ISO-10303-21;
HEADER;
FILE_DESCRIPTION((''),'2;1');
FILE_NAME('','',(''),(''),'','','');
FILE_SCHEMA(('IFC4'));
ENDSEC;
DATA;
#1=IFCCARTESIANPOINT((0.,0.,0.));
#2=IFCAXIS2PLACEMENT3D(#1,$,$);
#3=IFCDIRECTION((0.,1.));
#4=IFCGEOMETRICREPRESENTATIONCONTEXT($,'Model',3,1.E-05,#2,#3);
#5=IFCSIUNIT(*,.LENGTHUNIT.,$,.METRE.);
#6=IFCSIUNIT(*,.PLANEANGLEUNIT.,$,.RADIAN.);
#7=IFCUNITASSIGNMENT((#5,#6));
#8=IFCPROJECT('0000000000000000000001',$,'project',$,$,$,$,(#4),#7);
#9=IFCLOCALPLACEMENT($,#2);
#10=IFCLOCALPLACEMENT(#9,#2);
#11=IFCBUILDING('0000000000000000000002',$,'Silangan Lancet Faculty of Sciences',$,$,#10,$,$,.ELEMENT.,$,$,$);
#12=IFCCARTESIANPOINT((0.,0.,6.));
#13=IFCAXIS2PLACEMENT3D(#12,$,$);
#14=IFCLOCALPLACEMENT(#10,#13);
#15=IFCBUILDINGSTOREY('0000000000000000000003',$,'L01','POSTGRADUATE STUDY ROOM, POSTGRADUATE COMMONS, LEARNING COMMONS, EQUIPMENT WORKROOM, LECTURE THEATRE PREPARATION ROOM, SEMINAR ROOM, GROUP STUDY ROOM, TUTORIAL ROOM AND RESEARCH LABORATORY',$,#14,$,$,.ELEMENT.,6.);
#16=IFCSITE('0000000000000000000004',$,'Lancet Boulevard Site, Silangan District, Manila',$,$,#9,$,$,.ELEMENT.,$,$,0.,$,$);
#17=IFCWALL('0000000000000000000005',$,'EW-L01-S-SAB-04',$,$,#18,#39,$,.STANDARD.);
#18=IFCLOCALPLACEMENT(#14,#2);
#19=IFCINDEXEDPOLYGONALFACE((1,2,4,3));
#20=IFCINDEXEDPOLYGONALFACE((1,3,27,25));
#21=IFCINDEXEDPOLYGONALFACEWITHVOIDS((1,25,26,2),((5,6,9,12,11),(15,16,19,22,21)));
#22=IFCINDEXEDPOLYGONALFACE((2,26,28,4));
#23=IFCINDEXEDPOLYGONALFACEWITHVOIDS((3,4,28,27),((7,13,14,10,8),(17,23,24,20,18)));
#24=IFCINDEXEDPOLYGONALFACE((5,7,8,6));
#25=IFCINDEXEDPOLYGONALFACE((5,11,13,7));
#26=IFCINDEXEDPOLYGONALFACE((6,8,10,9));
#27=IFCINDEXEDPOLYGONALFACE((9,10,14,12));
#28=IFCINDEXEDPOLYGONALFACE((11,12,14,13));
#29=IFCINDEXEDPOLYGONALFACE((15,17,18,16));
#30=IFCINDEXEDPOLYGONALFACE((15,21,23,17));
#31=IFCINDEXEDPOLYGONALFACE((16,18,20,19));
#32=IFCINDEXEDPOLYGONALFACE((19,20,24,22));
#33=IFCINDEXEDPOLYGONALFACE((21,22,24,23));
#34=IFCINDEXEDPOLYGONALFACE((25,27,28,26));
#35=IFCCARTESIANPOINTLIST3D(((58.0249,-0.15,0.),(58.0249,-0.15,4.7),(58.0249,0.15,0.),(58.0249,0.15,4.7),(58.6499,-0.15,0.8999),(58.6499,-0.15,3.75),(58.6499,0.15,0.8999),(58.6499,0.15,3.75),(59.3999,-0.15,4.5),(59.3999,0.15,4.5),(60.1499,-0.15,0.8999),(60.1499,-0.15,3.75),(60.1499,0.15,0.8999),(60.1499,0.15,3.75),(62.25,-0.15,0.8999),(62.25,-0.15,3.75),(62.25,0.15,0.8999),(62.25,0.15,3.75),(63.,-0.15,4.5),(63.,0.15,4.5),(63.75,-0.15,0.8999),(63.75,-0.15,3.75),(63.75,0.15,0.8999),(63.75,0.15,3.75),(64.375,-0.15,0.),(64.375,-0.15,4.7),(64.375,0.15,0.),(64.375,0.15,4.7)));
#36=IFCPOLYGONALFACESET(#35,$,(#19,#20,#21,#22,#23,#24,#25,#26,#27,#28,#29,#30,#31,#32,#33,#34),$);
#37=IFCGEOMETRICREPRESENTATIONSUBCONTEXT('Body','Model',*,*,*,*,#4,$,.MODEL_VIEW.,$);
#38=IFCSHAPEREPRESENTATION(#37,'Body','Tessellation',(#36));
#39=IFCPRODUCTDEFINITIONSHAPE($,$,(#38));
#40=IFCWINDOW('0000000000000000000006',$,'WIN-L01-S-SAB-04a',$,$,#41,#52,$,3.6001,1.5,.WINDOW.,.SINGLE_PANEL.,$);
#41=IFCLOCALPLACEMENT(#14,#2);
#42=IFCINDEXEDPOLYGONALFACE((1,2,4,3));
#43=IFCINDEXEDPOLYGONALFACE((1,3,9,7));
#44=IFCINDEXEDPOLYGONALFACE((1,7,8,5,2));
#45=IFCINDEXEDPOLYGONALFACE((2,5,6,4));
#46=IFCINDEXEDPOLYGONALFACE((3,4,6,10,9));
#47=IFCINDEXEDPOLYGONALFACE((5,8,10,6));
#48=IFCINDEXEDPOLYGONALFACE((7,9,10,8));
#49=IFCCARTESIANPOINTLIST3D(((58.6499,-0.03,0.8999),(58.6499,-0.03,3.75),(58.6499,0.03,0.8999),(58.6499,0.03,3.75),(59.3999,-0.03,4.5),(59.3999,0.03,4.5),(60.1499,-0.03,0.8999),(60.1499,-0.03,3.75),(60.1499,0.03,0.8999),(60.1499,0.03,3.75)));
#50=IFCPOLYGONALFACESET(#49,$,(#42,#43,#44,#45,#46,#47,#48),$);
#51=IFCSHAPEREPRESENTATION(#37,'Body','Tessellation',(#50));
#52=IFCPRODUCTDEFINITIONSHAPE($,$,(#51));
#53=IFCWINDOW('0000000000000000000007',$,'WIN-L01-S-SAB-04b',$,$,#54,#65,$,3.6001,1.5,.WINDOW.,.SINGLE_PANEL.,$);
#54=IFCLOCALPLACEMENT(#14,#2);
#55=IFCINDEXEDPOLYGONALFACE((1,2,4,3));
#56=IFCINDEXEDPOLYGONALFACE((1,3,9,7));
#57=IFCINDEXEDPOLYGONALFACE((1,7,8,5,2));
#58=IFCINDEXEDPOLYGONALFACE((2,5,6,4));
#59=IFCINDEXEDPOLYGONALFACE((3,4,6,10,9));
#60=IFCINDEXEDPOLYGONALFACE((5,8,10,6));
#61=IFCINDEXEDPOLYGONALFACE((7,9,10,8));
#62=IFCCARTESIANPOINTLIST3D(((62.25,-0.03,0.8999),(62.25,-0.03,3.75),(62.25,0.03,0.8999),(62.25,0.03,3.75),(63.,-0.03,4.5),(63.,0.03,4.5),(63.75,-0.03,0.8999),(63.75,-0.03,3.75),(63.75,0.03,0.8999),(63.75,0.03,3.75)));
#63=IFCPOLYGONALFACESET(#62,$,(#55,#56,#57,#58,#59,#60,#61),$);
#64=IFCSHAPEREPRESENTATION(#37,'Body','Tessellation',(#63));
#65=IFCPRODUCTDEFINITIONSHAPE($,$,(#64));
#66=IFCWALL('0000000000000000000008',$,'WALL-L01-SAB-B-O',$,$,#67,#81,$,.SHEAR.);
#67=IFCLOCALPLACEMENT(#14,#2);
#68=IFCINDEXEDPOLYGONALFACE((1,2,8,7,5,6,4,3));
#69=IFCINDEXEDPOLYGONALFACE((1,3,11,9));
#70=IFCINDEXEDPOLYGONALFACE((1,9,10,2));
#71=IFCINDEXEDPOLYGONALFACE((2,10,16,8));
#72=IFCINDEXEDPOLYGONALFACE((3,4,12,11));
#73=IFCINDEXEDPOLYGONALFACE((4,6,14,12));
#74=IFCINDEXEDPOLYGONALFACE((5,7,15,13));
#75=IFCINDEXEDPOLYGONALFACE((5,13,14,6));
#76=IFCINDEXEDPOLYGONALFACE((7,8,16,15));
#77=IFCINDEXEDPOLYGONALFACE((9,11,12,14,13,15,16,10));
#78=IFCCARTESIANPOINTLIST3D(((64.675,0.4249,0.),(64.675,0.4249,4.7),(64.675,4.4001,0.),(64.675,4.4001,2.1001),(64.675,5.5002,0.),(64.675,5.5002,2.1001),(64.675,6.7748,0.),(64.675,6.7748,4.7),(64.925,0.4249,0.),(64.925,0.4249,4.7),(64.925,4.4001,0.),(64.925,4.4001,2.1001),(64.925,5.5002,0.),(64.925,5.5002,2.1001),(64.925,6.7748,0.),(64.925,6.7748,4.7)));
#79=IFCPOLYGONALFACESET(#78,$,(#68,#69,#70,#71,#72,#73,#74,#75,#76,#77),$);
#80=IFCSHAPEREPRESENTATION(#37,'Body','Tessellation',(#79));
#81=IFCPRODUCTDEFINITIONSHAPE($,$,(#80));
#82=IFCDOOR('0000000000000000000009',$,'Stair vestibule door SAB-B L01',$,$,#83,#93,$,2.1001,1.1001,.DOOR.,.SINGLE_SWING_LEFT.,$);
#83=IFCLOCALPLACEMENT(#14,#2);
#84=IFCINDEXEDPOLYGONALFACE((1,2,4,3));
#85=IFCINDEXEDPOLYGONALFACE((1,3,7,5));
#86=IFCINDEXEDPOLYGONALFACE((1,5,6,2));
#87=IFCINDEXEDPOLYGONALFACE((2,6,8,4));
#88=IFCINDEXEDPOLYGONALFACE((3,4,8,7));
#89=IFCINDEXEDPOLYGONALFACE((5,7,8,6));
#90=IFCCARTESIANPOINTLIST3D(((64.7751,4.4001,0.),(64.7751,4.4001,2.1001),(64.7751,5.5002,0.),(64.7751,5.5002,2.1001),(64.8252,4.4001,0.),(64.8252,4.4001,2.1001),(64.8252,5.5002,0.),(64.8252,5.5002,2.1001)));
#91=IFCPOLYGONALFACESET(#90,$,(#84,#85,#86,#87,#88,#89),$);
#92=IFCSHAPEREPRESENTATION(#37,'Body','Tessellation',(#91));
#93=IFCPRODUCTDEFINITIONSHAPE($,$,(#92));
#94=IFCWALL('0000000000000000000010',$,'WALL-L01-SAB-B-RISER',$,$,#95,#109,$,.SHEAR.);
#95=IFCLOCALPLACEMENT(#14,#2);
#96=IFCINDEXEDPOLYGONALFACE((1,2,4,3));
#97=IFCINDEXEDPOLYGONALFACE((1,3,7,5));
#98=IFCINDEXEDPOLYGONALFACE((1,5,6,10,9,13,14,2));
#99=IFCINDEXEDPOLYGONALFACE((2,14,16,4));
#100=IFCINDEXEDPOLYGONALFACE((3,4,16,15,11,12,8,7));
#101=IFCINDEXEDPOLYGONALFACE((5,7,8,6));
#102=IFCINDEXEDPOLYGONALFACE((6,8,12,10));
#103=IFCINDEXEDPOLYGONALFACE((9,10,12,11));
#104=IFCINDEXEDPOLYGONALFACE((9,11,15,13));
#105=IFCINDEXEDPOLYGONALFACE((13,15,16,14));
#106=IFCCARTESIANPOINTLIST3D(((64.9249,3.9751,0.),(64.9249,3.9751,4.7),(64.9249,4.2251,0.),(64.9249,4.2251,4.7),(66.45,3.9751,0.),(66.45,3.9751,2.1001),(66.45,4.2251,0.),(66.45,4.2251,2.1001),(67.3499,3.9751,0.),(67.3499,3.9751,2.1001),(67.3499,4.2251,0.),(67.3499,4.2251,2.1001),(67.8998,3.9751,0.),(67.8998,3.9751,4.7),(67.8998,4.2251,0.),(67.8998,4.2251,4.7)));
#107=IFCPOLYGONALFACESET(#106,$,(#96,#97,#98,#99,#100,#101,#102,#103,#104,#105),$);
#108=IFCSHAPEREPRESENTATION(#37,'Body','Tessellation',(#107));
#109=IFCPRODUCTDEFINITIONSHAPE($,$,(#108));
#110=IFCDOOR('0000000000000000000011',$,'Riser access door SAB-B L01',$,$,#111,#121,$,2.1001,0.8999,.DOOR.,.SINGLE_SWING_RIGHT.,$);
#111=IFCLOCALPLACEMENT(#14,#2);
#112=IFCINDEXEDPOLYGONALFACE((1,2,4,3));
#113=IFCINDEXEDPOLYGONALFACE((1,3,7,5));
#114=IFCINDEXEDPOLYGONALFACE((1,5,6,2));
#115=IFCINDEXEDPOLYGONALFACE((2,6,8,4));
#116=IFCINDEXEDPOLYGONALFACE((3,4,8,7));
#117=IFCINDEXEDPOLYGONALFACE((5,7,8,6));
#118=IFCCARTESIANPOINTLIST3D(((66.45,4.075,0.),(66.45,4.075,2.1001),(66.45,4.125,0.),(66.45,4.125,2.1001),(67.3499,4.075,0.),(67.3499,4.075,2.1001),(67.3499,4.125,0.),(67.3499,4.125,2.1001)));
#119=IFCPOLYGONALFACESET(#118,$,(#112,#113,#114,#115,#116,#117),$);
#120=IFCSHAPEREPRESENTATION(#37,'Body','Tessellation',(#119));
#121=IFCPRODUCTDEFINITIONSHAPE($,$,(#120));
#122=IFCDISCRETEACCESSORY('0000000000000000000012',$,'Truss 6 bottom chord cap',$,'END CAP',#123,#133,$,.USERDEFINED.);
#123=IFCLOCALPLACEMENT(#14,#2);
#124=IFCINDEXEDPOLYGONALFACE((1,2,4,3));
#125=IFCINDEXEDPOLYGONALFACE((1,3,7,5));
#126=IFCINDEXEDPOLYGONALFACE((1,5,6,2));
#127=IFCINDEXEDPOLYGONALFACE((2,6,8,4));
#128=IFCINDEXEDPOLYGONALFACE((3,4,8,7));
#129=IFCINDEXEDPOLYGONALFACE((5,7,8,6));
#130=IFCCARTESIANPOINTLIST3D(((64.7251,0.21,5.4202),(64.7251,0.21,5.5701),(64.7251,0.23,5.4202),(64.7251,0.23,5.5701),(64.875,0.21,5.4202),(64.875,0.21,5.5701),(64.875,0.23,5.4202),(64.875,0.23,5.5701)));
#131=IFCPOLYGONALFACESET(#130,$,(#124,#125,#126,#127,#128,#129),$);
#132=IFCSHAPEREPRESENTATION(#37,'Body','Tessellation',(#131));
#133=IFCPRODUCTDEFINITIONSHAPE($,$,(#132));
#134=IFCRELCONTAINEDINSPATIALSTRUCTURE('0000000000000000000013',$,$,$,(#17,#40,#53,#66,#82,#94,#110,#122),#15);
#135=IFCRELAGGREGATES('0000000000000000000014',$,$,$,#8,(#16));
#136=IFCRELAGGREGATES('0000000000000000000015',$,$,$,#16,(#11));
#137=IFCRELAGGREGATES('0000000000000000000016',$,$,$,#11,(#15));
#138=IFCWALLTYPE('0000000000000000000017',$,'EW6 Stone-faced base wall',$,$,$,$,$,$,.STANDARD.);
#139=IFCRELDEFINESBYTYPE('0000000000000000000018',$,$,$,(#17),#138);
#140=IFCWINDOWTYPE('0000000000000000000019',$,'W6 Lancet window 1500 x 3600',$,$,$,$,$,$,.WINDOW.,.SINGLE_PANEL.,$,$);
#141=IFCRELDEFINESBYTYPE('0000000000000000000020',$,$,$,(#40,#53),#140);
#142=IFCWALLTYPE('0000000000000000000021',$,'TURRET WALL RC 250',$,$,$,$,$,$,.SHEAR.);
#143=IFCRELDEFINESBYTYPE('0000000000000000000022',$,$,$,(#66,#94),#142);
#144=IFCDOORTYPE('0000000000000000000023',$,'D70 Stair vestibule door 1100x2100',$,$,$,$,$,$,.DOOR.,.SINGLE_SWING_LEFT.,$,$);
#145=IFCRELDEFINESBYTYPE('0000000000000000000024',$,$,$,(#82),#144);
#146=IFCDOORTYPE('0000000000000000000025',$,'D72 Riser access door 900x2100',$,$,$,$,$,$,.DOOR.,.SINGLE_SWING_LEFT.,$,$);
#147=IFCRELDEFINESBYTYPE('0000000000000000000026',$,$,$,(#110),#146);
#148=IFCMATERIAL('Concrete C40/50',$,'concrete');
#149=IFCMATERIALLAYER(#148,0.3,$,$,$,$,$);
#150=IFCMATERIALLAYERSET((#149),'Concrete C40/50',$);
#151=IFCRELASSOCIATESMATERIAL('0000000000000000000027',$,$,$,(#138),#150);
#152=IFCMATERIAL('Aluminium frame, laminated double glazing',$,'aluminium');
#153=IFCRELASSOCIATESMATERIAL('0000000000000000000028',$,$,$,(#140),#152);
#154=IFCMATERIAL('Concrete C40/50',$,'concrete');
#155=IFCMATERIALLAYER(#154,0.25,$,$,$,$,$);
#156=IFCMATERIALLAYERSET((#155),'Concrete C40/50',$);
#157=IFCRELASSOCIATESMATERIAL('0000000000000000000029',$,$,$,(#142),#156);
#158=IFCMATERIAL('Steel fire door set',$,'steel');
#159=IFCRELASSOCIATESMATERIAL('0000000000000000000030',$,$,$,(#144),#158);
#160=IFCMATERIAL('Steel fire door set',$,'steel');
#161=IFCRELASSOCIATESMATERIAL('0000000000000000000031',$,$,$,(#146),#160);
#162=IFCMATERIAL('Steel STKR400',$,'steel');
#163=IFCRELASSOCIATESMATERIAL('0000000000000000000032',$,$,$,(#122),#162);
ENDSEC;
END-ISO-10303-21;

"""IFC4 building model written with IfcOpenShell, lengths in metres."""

from ifc_helpers import new_model, si_unit, direction, frame, frame_2d, origin, origin_2d, place, context, subcontext, project, spatial, polyline, rectangle, outline, extrude, material, layer, layer_set, type_object, element, fill, save


model = new_model("IFC4")

# Units and contexts
model_context = context("Model", 3, precision=1e-05, world=origin(), true_north=direction((0.0, 1.0)))
body_context = subcontext(model_context, "Body", "Model", "MODEL_VIEW")
ifc_project = project(units=[si_unit("LENGTHUNIT", "METRE"), si_unit("PLANEANGLEUNIT", "RADIAN")], contexts=[model_context])

# Site, building, storey
site_placement = place(None, origin())
site = spatial("IfcSite", under=ifc_project, at=site_placement, Name="Lancet Boulevard Site, Silangan District, Manila", CompositionType="ELEMENT", RefElevation=0.0)
building_placement = place(site_placement, origin())
building = spatial("IfcBuilding", under=site, at=building_placement, Name="Silangan Lancet Faculty of Sciences", CompositionType="ELEMENT")
storey_placement = place(building_placement, frame((0.0, 0.0, 6.0)))
storey = spatial("IfcBuildingStorey", under=building, at=storey_placement, Name="L01", Description="POSTGRADUATE STUDY ROOM, POSTGRADUATE COMMONS, LEARNING COMMONS, EQUIPMENT WORKROOM, LECTURE THEATRE PREPARATION ROOM, SEMINAR ROOM, GROUP STUDY ROOM, TUTORIAL ROOM AND RESEARCH LABORATORY", CompositionType="ELEMENT", Elevation=6.0)

# Wall, openings, windows
ifc_material_1 = material(Name="Concrete C40/50", Category="concrete")
ifc_layer_1 = layer(ifc_material_1, 0.3)
ifc_layer_set_1 = layer_set([ifc_layer_1], Name="Concrete C40/50")
wall_type_1 = type_object("IfcWallType", Name="EW6 Stone-faced base wall", PredefinedType="STANDARD", material=ifc_layer_set_1)
wall_1_placement = place(storey_placement, frame((58.0249, 0.0, 0.0), z_axis=(0.0, 0.0, 1.0), x_axis=(1.0, 0.0, 0.0)))
wall_1 = element("IfcWall", 1, at=wall_1_placement, inside=storey, type_object=wall_type_1, Name="EW-L01-S-SAB-04", PredefinedType="STANDARD", context=body_context, shape_type="SweptSolid", body=[
    extrude(rectangle(XDim=6.3501, YDim=0.3, at=frame_2d((3.175, 0.0))), origin(), (0.0, 0.0, 1.0), 4.7),
])
opening_1_placement = place(wall_1_placement, frame((0.625, 0.0, 0.8999)))
opening_1 = element("IfcOpeningElement", 2, at=opening_1_placement, cuts=wall_1, PredefinedType="OPENING", context=body_context, shape_type="SweptSolid", body=[
    extrude(outline(polyline([(0.0, 0.0), (1.5, 0.0), (1.5, 2.8501), (0.75, 3.6001), (0.0, 2.8501), (0.0, 0.0)])), frame((0.0, 0.1599, 0.0), z_axis=(0.0, -1.0, 0.0), x_axis=(1.0, 0.0, 0.0)), (0.0, 0.0, 1.0), 0.3201),
])
opening_2_placement = place(wall_1_placement, frame((4.2251, 0.0, 0.8999)))
opening_2 = element("IfcOpeningElement", 3, at=opening_2_placement, cuts=wall_1, PredefinedType="OPENING", context=body_context, shape_type="SweptSolid", body=[
    extrude(outline(polyline([(0.0, 0.0), (1.5, 0.0), (1.5, 2.8501), (0.75, 3.6001), (0.0, 2.8501), (0.0, 0.0)])), frame((0.0, 0.1599, 0.0), z_axis=(0.0, -1.0, 0.0), x_axis=(1.0, 0.0, 0.0)), (0.0, 0.0, 1.0), 0.3201),
])
ifc_material_2 = material(Name="Aluminium frame, laminated double glazing", Category="aluminium")
window_type_1 = type_object("IfcWindowType", Name="W6 Lancet window 1500 x 3600", PartitioningType="SINGLE_PANEL", PredefinedType="WINDOW", material=ifc_material_2)
window_1_placement = place(opening_1_placement, origin())
window_1 = element("IfcWindow", 4, at=window_1_placement, inside=storey, type_object=window_type_1, Name="WIN-L01-S-SAB-04a", OverallHeight=3.6001, OverallWidth=1.5, PartitioningType="SINGLE_PANEL", PredefinedType="WINDOW", context=body_context, shape_type="SweptSolid", body=[
    extrude(outline(polyline([(0.0, 0.0), (1.5, 0.0), (1.5, 2.8501), (0.75, 3.6001), (0.0, 2.8501), (0.0, 0.0)])), frame((0.0, 0.03, 0.0), z_axis=(0.0, -1.0, 0.0), x_axis=(1.0, 0.0, 0.0)), (0.0, 0.0, 1.0), 0.0601),
])
fill(opening_1, window_1)
window_2_placement = place(opening_2_placement, origin())
window_2 = element("IfcWindow", 5, at=window_2_placement, inside=storey, type_object=window_type_1, Name="WIN-L01-S-SAB-04b", OverallHeight=3.6001, OverallWidth=1.5, PartitioningType="SINGLE_PANEL", PredefinedType="WINDOW", context=body_context, shape_type="SweptSolid", body=[
    extrude(outline(polyline([(0.0, 0.0), (1.5, 0.0), (1.5, 2.8501), (0.75, 3.6001), (0.0, 2.8501), (0.0, 0.0)])), frame((0.0, 0.03, 0.0), z_axis=(0.0, -1.0, 0.0), x_axis=(1.0, 0.0, 0.0)), (0.0, 0.0, 1.0), 0.0601),
])
fill(opening_2, window_2)

# Walls, openings, doors
ifc_material_3 = material(Name="Concrete C40/50", Category="concrete")
ifc_layer_2 = layer(ifc_material_3, 0.25)
ifc_layer_set_2 = layer_set([ifc_layer_2], Name="Concrete C40/50")
wall_type_2 = type_object("IfcWallType", Name="TURRET WALL RC 250", PredefinedType="SHEAR", material=ifc_layer_set_2)
wall_2_placement = place(storey_placement, frame((64.8, 0.425, 0.0), z_axis=(0.0, 0.0, 1.0), x_axis=(0.0, 1.0, 0.0)))
wall_2 = element("IfcWall", 6, at=wall_2_placement, inside=storey, type_object=wall_type_2, Name="WALL-L01-SAB-B-O", PredefinedType="SHEAR", context=body_context, shape_type="SweptSolid", body=[
    extrude(rectangle(XDim=6.3499, YDim=0.25, at=frame_2d((3.1748, 0.0))), origin(), (0.0, 0.0, 1.0), 4.7),
])
opening_3_placement = place(wall_2_placement, frame((3.9751, 0.0, 0.0)))
opening_3 = element("IfcOpeningElement", 7, at=opening_3_placement, cuts=wall_2, PredefinedType="OPENING", context=body_context, shape_type="SweptSolid", body=[
    extrude(rectangle(XDim=1.1001, YDim=2.1001, at=frame_2d((0.55, 1.05))), frame((0.0, 0.135, 0.0), z_axis=(0.0, -1.0, 0.0), x_axis=(1.0, 0.0, 0.0)), (0.0, 0.0, 1.0), 0.27),
])
ifc_material_4 = material(Name="Steel fire door set", Category="steel")
door_type_1 = type_object("IfcDoorType", Name="D70 Stair vestibule door 1100x2100", OperationType="SINGLE_SWING_LEFT", PredefinedType="DOOR", material=ifc_material_4)
door_1_placement = place(opening_3_placement, frame((1.1001, 0.0, 0.0), z_axis=(0.0, 0.0, 1.0), x_axis=(-1.0, 0.0, 0.0)))
door_1 = element("IfcDoor", 8, at=door_1_placement, inside=storey, type_object=door_type_1, Name="Stair vestibule door SAB-B L01", OperationType="SINGLE_SWING_LEFT", OverallHeight=2.1001, OverallWidth=1.1001, PredefinedType="DOOR", context=body_context, shape_type="SweptSolid", body=[
    extrude(rectangle(XDim=1.1001, YDim=2.1001, at=frame_2d((0.55, 1.05))), frame((0.0, 0.0251, 0.0), z_axis=(0.0, -1.0, 0.0), x_axis=(1.0, 0.0, 0.0)), (0.0, 0.0, 1.0), 0.05),
])
fill(opening_3, door_1)
wall_3_placement = place(storey_placement, frame((64.925, 4.1001, 0.0), z_axis=(0.0, 0.0, 1.0), x_axis=(1.0, 0.0, 0.0)))
wall_3 = element("IfcWall", 9, at=wall_3_placement, inside=storey, type_object=wall_type_2, Name="WALL-L01-SAB-B-RISER", PredefinedType="SHEAR", context=body_context, shape_type="SweptSolid", body=[
    extrude(rectangle(XDim=2.9749, YDim=0.25, at=frame_2d((1.4873, 0.0))), origin(), (0.0, 0.0, 1.0), 4.7),
])
opening_4_placement = place(wall_3_placement, frame((1.5249, 0.0, 0.0)))
opening_4 = element("IfcOpeningElement", 10, at=opening_4_placement, cuts=wall_3, PredefinedType="OPENING", context=body_context, shape_type="SweptSolid", body=[
    extrude(rectangle(XDim=0.8999, YDim=2.1001, at=frame_2d((0.45, 1.05))), frame((0.0, 0.135, 0.0), z_axis=(0.0, -1.0, 0.0), x_axis=(1.0, 0.0, 0.0)), (0.0, 0.0, 1.0), 0.27),
])
ifc_material_5 = material(Name="Steel fire door set", Category="steel")
door_type_2 = type_object("IfcDoorType", Name="D72 Riser access door 900x2100", OperationType="SINGLE_SWING_LEFT", PredefinedType="DOOR", material=ifc_material_5)
door_2_placement = place(opening_4_placement, frame((0.8999, 0.0, 0.0), z_axis=(0.0, 0.0, 1.0), x_axis=(-1.0, 0.0, 0.0)))
door_2 = element("IfcDoor", 11, at=door_2_placement, inside=storey, type_object=door_type_2, Name="Riser access door SAB-B L01", OperationType="SINGLE_SWING_RIGHT", OverallHeight=2.1001, OverallWidth=0.8999, PredefinedType="DOOR", context=body_context, shape_type="SweptSolid", body=[
    extrude(rectangle(XDim=0.8999, YDim=2.1001, at=frame_2d((0.45, 1.05))), frame((0.0, 0.0251, 0.0), z_axis=(0.0, -1.0, 0.0), x_axis=(1.0, 0.0, 0.0)), (0.0, 0.0, 1.0), 0.05),
])
fill(opening_4, door_2)

# Discrete accessory
ifc_material_6 = material(Name="Steel STKR400", Category="steel")
discrete_accessory_placement = place(storey_placement, frame((64.8, 0.22, 5.4202), z_axis=(0.0, 0.0, 1.0), x_axis=(1.0, 0.0, 0.0)))
element("IfcDiscreteAccessory", 12, at=discrete_accessory_placement, inside=storey, material=ifc_material_6, Name="Truss 6 bottom chord cap", ObjectType="END CAP", PredefinedType="USERDEFINED", context=body_context, shape_type="SweptSolid", body=[
    extrude(rectangle(XDim=0.1499, YDim=0.02, at=origin_2d()), origin(), (0.0, 0.0, 1.0), 0.1499),
])

save(model, "model.ifc")
